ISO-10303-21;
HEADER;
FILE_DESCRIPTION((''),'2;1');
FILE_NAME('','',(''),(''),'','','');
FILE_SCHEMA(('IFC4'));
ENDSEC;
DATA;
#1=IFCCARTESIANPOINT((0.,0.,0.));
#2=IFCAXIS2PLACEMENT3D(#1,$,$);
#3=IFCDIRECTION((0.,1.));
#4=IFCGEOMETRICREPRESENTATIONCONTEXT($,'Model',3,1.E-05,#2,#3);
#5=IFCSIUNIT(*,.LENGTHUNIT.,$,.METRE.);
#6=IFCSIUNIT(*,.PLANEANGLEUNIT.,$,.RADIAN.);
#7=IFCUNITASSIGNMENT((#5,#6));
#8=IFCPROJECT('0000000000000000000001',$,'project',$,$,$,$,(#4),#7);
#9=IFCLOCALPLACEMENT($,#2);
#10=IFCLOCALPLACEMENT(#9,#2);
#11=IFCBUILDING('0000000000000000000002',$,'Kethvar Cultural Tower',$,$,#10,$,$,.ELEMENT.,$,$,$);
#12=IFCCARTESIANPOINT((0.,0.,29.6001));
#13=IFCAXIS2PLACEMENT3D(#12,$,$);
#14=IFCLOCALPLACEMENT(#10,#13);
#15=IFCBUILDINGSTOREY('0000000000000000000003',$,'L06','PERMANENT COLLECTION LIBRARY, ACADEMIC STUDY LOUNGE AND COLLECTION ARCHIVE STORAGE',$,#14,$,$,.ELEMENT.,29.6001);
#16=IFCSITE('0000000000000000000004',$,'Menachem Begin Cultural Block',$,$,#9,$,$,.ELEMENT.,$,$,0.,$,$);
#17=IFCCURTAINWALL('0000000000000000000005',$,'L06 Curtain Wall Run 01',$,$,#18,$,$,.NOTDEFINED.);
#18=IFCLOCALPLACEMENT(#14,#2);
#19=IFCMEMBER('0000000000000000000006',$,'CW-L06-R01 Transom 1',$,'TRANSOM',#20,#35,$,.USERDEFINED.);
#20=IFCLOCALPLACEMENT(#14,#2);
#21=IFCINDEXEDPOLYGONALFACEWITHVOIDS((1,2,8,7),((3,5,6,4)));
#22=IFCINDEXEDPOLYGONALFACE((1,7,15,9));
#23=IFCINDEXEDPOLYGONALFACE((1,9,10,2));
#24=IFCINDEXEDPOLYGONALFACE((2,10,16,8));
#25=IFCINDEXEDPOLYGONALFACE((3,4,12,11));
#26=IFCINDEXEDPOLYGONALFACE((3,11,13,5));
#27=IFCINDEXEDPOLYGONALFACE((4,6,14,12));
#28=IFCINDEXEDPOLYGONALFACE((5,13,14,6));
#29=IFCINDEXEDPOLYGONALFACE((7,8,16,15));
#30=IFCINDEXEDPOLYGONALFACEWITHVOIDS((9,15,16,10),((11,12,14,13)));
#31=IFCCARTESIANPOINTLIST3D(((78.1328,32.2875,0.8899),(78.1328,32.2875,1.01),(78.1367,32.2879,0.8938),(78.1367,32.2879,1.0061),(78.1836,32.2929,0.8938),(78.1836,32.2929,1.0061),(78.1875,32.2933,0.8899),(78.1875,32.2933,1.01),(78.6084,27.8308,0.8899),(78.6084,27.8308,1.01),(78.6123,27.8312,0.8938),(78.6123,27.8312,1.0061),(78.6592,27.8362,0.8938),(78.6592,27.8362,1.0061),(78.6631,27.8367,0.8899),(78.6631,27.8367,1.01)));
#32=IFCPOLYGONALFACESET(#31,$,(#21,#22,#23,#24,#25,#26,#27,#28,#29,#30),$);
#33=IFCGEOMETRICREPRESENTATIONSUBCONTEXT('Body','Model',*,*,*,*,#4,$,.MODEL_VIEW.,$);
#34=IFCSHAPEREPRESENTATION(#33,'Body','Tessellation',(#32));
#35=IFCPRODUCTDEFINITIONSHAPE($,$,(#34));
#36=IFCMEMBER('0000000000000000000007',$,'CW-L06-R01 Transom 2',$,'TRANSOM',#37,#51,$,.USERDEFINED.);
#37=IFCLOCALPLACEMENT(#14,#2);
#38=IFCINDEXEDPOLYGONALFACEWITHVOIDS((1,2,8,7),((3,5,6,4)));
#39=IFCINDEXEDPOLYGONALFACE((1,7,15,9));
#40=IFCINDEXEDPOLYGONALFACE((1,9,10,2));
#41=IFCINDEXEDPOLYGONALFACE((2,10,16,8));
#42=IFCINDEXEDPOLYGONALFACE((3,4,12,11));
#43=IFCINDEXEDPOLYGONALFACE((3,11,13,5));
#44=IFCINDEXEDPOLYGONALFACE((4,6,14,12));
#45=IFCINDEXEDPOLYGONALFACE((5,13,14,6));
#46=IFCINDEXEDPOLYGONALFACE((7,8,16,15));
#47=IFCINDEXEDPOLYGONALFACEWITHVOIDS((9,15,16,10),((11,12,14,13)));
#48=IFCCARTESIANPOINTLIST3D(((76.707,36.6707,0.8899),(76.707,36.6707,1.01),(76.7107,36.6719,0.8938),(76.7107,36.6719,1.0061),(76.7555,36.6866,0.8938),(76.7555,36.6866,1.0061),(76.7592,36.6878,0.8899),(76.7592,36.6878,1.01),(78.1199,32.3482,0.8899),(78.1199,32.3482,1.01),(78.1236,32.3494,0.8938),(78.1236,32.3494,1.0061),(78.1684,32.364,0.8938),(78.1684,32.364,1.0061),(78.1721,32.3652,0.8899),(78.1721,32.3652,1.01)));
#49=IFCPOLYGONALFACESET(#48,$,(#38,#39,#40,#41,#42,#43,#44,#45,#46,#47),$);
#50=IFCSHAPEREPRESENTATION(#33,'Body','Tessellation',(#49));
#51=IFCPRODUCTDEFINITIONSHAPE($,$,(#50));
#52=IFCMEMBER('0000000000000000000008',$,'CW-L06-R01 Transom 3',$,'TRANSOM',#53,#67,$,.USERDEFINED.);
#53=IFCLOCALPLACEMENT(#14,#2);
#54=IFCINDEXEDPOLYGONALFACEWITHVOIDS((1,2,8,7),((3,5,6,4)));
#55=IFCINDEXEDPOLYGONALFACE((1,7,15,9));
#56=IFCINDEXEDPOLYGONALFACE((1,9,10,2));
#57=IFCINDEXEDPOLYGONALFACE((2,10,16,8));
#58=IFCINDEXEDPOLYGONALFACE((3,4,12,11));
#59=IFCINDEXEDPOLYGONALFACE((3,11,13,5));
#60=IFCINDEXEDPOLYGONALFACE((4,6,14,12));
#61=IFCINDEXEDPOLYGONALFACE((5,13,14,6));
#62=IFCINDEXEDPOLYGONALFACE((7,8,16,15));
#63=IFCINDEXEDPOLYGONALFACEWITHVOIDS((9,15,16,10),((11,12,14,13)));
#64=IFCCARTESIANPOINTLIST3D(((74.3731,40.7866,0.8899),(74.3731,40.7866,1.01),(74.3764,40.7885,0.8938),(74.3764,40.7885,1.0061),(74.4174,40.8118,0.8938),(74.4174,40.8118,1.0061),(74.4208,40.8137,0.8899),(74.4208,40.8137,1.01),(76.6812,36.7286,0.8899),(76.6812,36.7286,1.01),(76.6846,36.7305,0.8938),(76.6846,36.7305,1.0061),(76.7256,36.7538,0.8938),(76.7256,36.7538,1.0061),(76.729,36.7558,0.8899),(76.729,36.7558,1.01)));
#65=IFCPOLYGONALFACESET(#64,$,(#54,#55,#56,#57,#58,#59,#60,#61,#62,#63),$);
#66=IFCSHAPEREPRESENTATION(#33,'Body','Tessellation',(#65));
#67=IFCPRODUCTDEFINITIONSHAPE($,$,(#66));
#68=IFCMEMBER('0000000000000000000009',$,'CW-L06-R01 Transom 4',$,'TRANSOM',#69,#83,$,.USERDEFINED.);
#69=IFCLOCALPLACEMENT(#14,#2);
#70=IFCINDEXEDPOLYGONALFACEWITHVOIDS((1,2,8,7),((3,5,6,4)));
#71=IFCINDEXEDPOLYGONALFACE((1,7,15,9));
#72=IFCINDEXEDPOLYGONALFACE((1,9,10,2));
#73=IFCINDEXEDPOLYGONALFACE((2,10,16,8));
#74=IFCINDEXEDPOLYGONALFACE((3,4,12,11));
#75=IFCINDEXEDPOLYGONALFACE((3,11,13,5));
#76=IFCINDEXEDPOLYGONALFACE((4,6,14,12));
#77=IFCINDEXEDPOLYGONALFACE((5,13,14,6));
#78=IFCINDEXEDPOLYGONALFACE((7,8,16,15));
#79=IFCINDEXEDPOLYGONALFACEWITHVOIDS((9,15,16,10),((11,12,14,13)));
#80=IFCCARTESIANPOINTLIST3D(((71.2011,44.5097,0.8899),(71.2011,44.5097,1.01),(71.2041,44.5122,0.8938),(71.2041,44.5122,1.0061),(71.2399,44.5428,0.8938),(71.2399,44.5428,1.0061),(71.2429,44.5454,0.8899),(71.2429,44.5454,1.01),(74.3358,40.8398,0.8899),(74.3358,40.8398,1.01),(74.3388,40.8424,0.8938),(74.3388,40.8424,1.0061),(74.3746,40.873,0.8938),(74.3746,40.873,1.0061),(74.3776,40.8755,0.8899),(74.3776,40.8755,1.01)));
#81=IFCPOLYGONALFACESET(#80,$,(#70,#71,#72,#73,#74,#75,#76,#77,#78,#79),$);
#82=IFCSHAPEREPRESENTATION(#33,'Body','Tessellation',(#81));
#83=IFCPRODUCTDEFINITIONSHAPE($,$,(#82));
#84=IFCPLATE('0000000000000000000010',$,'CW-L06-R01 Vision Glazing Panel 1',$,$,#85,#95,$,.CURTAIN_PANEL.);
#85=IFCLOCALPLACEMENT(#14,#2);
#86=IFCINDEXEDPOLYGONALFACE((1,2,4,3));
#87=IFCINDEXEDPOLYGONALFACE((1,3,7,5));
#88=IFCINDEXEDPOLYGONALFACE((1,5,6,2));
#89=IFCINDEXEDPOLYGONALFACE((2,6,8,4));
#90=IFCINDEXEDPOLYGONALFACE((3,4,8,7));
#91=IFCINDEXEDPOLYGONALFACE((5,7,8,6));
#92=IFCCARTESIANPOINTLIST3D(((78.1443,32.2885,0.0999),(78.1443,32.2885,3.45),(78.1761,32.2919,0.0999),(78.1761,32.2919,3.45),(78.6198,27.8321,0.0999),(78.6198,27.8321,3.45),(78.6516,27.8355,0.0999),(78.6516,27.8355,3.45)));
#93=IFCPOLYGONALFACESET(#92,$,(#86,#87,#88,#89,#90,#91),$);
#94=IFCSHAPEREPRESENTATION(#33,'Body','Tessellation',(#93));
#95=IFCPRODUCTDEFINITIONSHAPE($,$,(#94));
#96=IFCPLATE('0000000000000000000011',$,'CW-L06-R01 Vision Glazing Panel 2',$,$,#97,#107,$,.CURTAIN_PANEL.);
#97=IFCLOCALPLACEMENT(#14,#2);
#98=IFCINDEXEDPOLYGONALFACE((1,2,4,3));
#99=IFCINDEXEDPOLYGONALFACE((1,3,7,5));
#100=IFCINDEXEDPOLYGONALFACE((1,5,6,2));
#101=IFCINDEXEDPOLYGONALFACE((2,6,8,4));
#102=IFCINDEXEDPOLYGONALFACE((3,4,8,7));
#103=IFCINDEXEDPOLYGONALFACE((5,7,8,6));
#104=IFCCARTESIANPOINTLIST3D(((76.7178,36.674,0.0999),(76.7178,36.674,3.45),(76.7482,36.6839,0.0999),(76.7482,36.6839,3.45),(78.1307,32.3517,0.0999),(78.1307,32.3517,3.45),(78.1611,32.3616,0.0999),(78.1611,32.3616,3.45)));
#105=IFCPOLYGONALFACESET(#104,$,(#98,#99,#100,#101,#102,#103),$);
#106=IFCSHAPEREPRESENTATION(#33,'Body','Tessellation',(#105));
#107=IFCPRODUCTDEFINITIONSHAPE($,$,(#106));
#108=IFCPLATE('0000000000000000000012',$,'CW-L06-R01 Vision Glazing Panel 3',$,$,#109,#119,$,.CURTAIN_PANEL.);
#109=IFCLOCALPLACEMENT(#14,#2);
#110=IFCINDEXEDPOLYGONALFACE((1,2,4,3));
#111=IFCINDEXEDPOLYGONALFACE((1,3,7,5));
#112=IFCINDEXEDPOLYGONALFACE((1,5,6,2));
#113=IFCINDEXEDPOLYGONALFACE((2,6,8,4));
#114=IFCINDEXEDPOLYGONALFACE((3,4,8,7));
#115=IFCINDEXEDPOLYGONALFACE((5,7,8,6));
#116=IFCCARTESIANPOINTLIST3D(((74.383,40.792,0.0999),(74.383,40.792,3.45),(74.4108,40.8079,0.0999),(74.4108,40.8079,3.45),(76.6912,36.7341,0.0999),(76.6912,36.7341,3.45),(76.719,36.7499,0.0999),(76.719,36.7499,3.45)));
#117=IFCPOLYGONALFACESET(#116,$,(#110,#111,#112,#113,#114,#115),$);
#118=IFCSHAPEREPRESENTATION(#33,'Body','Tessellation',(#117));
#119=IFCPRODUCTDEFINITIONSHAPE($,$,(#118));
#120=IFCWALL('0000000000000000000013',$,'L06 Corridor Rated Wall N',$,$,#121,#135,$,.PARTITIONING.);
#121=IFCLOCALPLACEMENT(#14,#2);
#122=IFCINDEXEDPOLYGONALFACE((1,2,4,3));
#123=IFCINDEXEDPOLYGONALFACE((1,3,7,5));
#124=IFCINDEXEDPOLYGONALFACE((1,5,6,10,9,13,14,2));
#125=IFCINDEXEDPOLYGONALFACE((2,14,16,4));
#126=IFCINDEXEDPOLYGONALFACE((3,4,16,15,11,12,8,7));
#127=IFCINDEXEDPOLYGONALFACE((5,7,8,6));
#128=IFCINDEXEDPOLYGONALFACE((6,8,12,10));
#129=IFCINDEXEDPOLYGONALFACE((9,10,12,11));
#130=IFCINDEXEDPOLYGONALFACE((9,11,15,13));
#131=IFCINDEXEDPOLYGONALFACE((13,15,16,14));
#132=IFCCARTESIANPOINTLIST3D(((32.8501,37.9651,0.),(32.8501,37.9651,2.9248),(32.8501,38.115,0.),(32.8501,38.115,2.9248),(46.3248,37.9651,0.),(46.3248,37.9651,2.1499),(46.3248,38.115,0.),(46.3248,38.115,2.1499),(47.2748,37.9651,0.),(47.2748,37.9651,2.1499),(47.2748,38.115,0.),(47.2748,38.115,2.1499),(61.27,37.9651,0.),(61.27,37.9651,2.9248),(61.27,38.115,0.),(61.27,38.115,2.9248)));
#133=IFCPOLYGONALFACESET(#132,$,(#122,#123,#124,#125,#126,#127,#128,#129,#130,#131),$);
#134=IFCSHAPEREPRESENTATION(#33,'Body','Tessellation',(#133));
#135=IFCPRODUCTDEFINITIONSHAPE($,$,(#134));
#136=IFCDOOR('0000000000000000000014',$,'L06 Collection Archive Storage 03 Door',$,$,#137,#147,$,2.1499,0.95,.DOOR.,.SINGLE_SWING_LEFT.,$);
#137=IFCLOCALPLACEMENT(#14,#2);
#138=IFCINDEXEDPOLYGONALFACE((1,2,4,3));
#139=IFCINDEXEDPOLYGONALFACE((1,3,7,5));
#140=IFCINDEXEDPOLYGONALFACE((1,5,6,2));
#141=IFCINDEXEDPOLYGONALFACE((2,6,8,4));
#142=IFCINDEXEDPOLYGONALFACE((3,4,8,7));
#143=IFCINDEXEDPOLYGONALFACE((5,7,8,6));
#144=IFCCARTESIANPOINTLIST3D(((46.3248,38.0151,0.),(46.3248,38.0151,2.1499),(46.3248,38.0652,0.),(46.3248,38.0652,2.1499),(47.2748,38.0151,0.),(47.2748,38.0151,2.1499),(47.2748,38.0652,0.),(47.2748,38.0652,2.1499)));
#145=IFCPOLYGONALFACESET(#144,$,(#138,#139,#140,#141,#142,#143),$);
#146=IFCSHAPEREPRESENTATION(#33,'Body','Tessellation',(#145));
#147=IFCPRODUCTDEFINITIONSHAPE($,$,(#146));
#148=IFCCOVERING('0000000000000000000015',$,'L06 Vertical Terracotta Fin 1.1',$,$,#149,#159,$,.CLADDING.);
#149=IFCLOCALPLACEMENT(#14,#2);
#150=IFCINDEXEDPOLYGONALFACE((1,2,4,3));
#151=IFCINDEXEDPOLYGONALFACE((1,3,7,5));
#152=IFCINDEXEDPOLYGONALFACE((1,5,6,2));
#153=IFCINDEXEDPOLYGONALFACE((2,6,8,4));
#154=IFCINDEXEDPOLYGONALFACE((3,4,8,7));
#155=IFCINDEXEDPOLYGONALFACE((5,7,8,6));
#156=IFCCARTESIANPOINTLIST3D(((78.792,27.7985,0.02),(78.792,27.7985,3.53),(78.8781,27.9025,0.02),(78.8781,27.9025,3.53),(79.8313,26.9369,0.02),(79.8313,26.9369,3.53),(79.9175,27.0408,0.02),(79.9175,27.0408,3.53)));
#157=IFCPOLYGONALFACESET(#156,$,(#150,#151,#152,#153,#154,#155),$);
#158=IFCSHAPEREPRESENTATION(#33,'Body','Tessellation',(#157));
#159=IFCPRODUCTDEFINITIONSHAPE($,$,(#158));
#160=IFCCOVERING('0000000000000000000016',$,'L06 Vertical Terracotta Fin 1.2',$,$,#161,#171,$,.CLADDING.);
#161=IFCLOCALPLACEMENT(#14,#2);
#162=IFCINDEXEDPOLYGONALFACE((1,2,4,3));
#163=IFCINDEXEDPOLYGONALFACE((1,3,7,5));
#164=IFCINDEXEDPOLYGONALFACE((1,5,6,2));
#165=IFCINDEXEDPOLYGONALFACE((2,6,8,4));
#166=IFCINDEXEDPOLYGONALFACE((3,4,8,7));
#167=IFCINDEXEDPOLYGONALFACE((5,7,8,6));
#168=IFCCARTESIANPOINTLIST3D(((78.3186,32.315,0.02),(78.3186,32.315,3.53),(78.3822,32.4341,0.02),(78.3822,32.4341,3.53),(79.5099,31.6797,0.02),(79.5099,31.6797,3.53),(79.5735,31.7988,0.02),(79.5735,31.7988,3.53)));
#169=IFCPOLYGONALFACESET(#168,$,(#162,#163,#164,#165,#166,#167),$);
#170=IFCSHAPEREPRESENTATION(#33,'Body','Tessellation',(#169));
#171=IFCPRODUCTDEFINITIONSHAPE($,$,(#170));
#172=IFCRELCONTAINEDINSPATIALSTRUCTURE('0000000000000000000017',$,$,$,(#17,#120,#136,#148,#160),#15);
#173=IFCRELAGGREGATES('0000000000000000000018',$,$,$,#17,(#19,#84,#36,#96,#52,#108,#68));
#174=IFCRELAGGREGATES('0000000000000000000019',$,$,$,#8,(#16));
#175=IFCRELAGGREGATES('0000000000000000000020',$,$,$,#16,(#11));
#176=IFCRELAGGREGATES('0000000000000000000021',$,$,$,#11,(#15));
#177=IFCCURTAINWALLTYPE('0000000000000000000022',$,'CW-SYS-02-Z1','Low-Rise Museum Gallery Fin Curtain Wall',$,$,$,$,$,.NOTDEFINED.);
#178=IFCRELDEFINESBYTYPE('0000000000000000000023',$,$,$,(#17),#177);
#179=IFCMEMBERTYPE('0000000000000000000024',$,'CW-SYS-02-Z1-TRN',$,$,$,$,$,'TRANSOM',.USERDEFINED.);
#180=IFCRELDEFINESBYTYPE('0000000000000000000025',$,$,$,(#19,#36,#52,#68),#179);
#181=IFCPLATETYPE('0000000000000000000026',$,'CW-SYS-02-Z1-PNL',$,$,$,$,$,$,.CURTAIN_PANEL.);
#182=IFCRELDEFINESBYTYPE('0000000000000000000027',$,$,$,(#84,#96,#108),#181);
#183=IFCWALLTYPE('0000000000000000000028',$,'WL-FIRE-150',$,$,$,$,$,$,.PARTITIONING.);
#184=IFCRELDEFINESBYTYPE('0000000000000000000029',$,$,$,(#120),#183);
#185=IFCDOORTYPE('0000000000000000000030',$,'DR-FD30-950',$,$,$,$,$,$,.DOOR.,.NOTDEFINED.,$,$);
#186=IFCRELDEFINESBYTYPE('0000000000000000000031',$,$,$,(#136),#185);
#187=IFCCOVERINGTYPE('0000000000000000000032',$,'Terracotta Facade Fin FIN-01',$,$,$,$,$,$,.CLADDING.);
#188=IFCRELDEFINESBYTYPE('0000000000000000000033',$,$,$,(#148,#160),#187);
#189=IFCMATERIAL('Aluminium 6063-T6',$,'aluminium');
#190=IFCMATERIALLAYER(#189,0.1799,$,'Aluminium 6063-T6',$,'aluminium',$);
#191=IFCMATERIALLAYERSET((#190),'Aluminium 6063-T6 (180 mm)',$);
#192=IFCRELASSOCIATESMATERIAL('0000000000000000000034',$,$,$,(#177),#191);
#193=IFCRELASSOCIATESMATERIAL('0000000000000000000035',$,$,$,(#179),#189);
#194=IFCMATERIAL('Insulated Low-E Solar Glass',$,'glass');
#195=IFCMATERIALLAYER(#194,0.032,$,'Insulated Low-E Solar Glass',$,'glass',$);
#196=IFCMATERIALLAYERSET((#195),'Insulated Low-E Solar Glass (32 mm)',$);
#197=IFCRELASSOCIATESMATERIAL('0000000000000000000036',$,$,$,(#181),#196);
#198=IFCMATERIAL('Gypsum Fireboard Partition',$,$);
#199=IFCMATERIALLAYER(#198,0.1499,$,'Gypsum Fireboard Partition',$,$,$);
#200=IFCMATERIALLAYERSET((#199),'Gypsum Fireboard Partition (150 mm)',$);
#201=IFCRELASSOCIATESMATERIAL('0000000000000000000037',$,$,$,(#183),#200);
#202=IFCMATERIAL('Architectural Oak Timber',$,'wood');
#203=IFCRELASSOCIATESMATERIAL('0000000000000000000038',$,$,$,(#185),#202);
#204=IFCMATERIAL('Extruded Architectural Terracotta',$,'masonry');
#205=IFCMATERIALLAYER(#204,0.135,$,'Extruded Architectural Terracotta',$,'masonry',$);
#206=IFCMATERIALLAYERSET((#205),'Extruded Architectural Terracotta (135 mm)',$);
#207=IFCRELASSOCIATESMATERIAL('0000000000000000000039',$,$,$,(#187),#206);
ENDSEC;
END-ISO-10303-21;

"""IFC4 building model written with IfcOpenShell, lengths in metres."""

from ifc_helpers import new_model, si_unit, direction, frame, frame_2d, origin, origin_2d, place, context, subcontext, project, spatial, rectangle, hollow_rectangle, extrude, source, transform, mapped, material, layer, layer_set, material_profile, profile_set, type_object, element, fill, aggregate, save


model = new_model("IFC4")

# Units and contexts
model_context = context("Model", 3, precision=1e-05, world=origin(), true_north=direction((0.0, 1.0)))
body_context = subcontext(model_context, "Body", "Model", "MODEL_VIEW")
ifc_project = project(units=[si_unit("LENGTHUNIT", "METRE"), si_unit("PLANEANGLEUNIT", "RADIAN")], contexts=[model_context])

# Site, building, storey
site_placement = place(None, origin())
site = spatial("IfcSite", under=ifc_project, at=site_placement, Name="Menachem Begin Cultural Block", CompositionType="ELEMENT", RefElevation=0.0)
building_placement = place(site_placement, origin())
building = spatial("IfcBuilding", under=site, at=building_placement, Name="Kethvar Cultural Tower", CompositionType="ELEMENT")
storey_placement = place(building_placement, frame((0.0, 0.0, 29.6001)))
storey = spatial("IfcBuildingStorey", under=building, at=storey_placement, Name="L06", Description="PERMANENT COLLECTION LIBRARY, ACADEMIC STUDY LOUNGE AND COLLECTION ARCHIVE STORAGE", CompositionType="ELEMENT", Elevation=29.6001)

# Curtain wall
ifc_material_1 = material(Name="Aluminium 6063-T6", Category="aluminium")
ifc_layer_1 = layer(ifc_material_1, 0.1799, Name="Aluminium 6063-T6", Category="aluminium")
ifc_layer_set_1 = layer_set([ifc_layer_1], Name="Aluminium 6063-T6 (180 mm)")
curtain_wall_type = type_object("IfcCurtainWallType", Name="CW-SYS-02-Z1", Description="Low-Rise Museum Gallery Fin Curtain Wall", PredefinedType="NOTDEFINED", material=ifc_layer_set_1)
curtain_wall_1_placement = place(storey_placement, origin())
curtain_wall_1 = element("IfcCurtainWall", 1, at=curtain_wall_1_placement, inside=storey, type_object=curtain_wall_type, Name="L06 Curtain Wall Run 01", PredefinedType="NOTDEFINED")

# Members
ifc_material_profile_1 = material_profile(ifc_material_1, hollow_rectangle(XDim=0.0549, YDim=0.1201, WallThickness=0.0039, at=origin_2d()), Name="Aluminium 6063-T6 — RHS120x55x4")
ifc_profile_set_1 = profile_set([ifc_material_profile_1], Name="Aluminium 6063-T6 — RHS120x55x4")
member_type_1 = type_object("IfcMemberType", Name="CW-SYS-02-Z1-TRN", ElementType="TRANSOM", PredefinedType="USERDEFINED", material=ifc_profile_set_1)
shared_shape_1 = source(origin(), body_context, "Body", "SweptSolid", [
    extrude(hollow_rectangle(XDim=0.0549, YDim=0.1201, WallThickness=0.0039, at=origin_2d()), origin(), (0.0, 0.0, 1.0), 4.4819),
])
member_1_placement = place(storey_placement, frame((78.6357, 27.8337, 0.95), z_axis=(-0.106114, 0.994354, 0.0), x_axis=(-0.994354, -0.106114, 0.0)))
member_1 = element("IfcMember", 2, at=member_1_placement, type_object=member_type_1, Name="CW-L06-R01 Transom 1", ObjectType="TRANSOM", PredefinedType="USERDEFINED", context=body_context, shape_type="MappedRepresentation", body=[
    mapped(shared_shape_1, transform((0.0, 0.0, 0.0), scale=1.0)),
])
shared_shape_2 = source(origin(), body_context, "Body", "SweptSolid", [
    extrude(hollow_rectangle(XDim=0.0549, YDim=0.1201, WallThickness=0.0039, at=origin_2d()), origin(), (0.0, 0.0, 1.0), 4.5476),
])
member_2_placement = place(storey_placement, frame((78.146, 32.3567, 0.95), z_axis=(-0.310682, 0.950514, 0.0), x_axis=(-0.950514, -0.310682, 0.0)))
member_2 = element("IfcMember", 3, at=member_2_placement, type_object=member_type_1, Name="CW-L06-R01 Transom 2", ObjectType="TRANSOM", PredefinedType="USERDEFINED", context=body_context, shape_type="MappedRepresentation", body=[
    mapped(shared_shape_2, transform((0.0, 0.0, 0.0), scale=1.0)),
])
shared_shape_3 = source(origin(), body_context, "Body", "SweptSolid", [
    extrude(hollow_rectangle(XDim=0.0549, YDim=0.1201, WallThickness=0.0039, at=origin_2d()), origin(), (0.0, 0.0, 1.0), 4.6685),
])
member_3_placement = place(storey_placement, frame((76.7051, 36.7422, 0.95), z_axis=(-0.494415, 0.869226, 0.0), x_axis=(-0.869226, -0.494415, 0.0)))
member_3 = element("IfcMember", 4, at=member_3_placement, type_object=member_type_1, Name="CW-L06-R01 Transom 3", ObjectType="TRANSOM", PredefinedType="USERDEFINED", context=body_context, shape_type="MappedRepresentation", body=[
    mapped(shared_shape_3, transform((0.0, 0.0, 0.0), scale=1.0)),
])
shared_shape_4 = source(origin(), body_context, "Body", "SweptSolid", [
    extrude(hollow_rectangle(XDim=0.0549, YDim=0.1201, WallThickness=0.0039, at=origin_2d()), origin(), (0.0, 0.0, 1.0), 4.8264),
])
member_4_placement = place(storey_placement, frame((74.3567, 40.8577, 0.95), z_axis=(-0.649491, 0.76037, 0.0), x_axis=(-0.76037, -0.649491, 0.0)))
member_4 = element("IfcMember", 5, at=member_4_placement, type_object=member_type_1, Name="CW-L06-R01 Transom 4", ObjectType="TRANSOM", PredefinedType="USERDEFINED", context=body_context, shape_type="MappedRepresentation", body=[
    mapped(shared_shape_4, transform((0.0, 0.0, 0.0), scale=1.0)),
])

# Plates
ifc_material_2 = material(Name="Insulated Low-E Solar Glass", Category="glass")
ifc_layer_2 = layer(ifc_material_2, 0.032, Name="Insulated Low-E Solar Glass", Category="glass")
ifc_layer_set_2 = layer_set([ifc_layer_2], Name="Insulated Low-E Solar Glass (32 mm)")
plate_type = type_object("IfcPlateType", Name="CW-SYS-02-Z1-PNL", PredefinedType="CURTAIN_PANEL", material=ifc_layer_set_2)
shared_shape_5 = source(origin(), body_context, "Body", "SweptSolid", [
    extrude(rectangle(XDim=4.4817, YDim=0.032, at=origin_2d()), origin(), (0.0, 0.0, 1.0), 3.3501),
])
plate_1_placement = place(storey_placement, frame((78.3979, 30.062, 0.0999), z_axis=(0.0, 0.0, 1.0), x_axis=(-0.106108, 0.994355, 0.0)))
plate_1 = element("IfcPlate", 6, at=plate_1_placement, type_object=plate_type, Name="CW-L06-R01 Vision Glazing Panel 1", PredefinedType="CURTAIN_PANEL", context=body_context, shape_type="MappedRepresentation", body=[
    mapped(shared_shape_5, transform((0.0, 0.0, 0.0), scale=1.0)),
])
shared_shape_6 = source(origin(), body_context, "Body", "SweptSolid", [
    extrude(rectangle(XDim=4.5474, YDim=0.032, at=origin_2d()), origin(), (0.0, 0.0, 1.0), 3.3501),
])
plate_2_placement = place(storey_placement, frame((77.4395, 34.5178, 0.0999), z_axis=(0.0, 0.0, 1.0), x_axis=(-0.310693, 0.95051, 0.0)))
plate_2 = element("IfcPlate", 7, at=plate_2_placement, type_object=plate_type, Name="CW-L06-R01 Vision Glazing Panel 2", PredefinedType="CURTAIN_PANEL", context=body_context, shape_type="MappedRepresentation", body=[
    mapped(shared_shape_6, transform((0.0, 0.0, 0.0), scale=1.0)),
])
shared_shape_7 = source(origin(), body_context, "Body", "SweptSolid", [
    extrude(rectangle(XDim=4.6685, YDim=0.032, at=origin_2d()), origin(), (0.0, 0.0, 1.0), 3.3501),
])
plate_3_placement = place(storey_placement, frame((75.551, 38.771, 0.0999), z_axis=(0.0, 0.0, 1.0), x_axis=(-0.494427, 0.869219, 0.0)))
plate_3 = element("IfcPlate", 8, at=plate_3_placement, type_object=plate_type, Name="CW-L06-R01 Vision Glazing Panel 3", PredefinedType="CURTAIN_PANEL", context=body_context, shape_type="MappedRepresentation", body=[
    mapped(shared_shape_7, transform((0.0, 0.0, 0.0), scale=1.0)),
])
aggregate(curtain_wall_1, [member_1, plate_1, member_2, plate_2, member_3, plate_3, member_4])

# Wall, opening, door
ifc_material_3 = material(Name="Gypsum Fireboard Partition")
ifc_layer_3 = layer(ifc_material_3, 0.1499, Name="Gypsum Fireboard Partition")
ifc_layer_set_3 = layer_set([ifc_layer_3], Name="Gypsum Fireboard Partition (150 mm)")
wall_type = type_object("IfcWallType", Name="WL-FIRE-150", PredefinedType="PARTITIONING", material=ifc_layer_set_3)
wall_placement = place(storey_placement, frame((61.27, 38.04, 0.0), z_axis=(0.0, 0.0, 1.0), x_axis=(-1.0, 0.0, 0.0)))
wall = element("IfcWall", 9, at=wall_placement, inside=storey, type_object=wall_type, Name="L06 Corridor Rated Wall N", PredefinedType="PARTITIONING", context=body_context, shape_type="SweptSolid", body=[
    extrude(rectangle(XDim=28.4199, YDim=0.1499, at=frame_2d((14.21, 0.0))), origin(), (0.0, 0.0, 1.0), 2.9248),
])
opening_placement = place(wall_placement, frame((13.9951, 0.0, 0.0)))
opening = element("IfcOpeningElement", 10, at=opening_placement, cuts=wall, PredefinedType="OPENING", context=body_context, shape_type="SweptSolid", body=[
    extrude(rectangle(XDim=0.95, YDim=2.1499, at=frame_2d((0.4751, 1.075))), frame((0.0, 0.085, 0.0), z_axis=(0.0, -1.0, 0.0), x_axis=(1.0, 0.0, 0.0)), (0.0, 0.0, 1.0), 0.1699),
])
ifc_material_4 = material(Name="Architectural Oak Timber", Category="wood")
door_type = type_object("IfcDoorType", Name="DR-FD30-950", OperationType="NOTDEFINED", PredefinedType="DOOR", material=ifc_material_4)
shared_shape_8 = source(origin(), body_context, "Body", "SweptSolid", [
    extrude(rectangle(XDim=0.95, YDim=2.1499, at=frame_2d((0.4751, 1.075))), frame((0.0, 0.0249, 0.0), z_axis=(0.0, -1.0, 0.0), x_axis=(1.0, 0.0, 0.0)), (0.0, 0.0, 1.0), 0.05),
])
door_placement = place(opening_placement, origin())
door = element("IfcDoor", 11, at=door_placement, inside=storey, type_object=door_type, Name="L06 Collection Archive Storage 03 Door", OperationType="SINGLE_SWING_LEFT", OverallHeight=2.1499, OverallWidth=0.95, PredefinedType="DOOR", context=body_context, shape_type="MappedRepresentation", body=[
    mapped(shared_shape_8, transform((0.0, 0.0, 0.0), scale=1.0)),
])
fill(opening, door)

# Coverings
ifc_material_5 = material(Name="Extruded Architectural Terracotta", Category="masonry")
ifc_layer_4 = layer(ifc_material_5, 0.135, Name="Extruded Architectural Terracotta", Category="masonry")
ifc_layer_set_4 = layer_set([ifc_layer_4], Name="Extruded Architectural Terracotta (135 mm)")
covering_type = type_object("IfcCoveringType", Name="Terracotta Facade Fin FIN-01", PredefinedType="CLADDING", material=ifc_layer_set_4)
shared_shape_9 = source(origin(), body_context, "Body", "SweptSolid", [
    extrude(rectangle(XDim=1.3501, YDim=0.135, at=origin_2d()), origin(), (0.0, 0.0, 1.0), 3.51),
])
for number, where, z_axis, x_axis, name in (
    (12, (79.3547, 27.4197, 0.02), (0.0, 0.0, 1.0), (0.769845, -0.638231, 0.0), "L06 Vertical Terracotta Fin 1.1"),
    (13, (78.946, 32.0569, 0.02), (0.0, 0.0, 1.0), (0.882373, -0.47055, 0.0), "L06 Vertical Terracotta Fin 1.2"),
):
    element("IfcCovering", number, at=place(storey_placement, frame(where, z_axis=z_axis, x_axis=x_axis)), inside=storey, type_object=covering_type, Name=name, PredefinedType="CLADDING", context=body_context, shape_type="MappedRepresentation", body=[
        mapped(shared_shape_9, transform((0.0, 0.0, 0.0), scale=1.0)),
    ])

save(model, "model.ifc")
